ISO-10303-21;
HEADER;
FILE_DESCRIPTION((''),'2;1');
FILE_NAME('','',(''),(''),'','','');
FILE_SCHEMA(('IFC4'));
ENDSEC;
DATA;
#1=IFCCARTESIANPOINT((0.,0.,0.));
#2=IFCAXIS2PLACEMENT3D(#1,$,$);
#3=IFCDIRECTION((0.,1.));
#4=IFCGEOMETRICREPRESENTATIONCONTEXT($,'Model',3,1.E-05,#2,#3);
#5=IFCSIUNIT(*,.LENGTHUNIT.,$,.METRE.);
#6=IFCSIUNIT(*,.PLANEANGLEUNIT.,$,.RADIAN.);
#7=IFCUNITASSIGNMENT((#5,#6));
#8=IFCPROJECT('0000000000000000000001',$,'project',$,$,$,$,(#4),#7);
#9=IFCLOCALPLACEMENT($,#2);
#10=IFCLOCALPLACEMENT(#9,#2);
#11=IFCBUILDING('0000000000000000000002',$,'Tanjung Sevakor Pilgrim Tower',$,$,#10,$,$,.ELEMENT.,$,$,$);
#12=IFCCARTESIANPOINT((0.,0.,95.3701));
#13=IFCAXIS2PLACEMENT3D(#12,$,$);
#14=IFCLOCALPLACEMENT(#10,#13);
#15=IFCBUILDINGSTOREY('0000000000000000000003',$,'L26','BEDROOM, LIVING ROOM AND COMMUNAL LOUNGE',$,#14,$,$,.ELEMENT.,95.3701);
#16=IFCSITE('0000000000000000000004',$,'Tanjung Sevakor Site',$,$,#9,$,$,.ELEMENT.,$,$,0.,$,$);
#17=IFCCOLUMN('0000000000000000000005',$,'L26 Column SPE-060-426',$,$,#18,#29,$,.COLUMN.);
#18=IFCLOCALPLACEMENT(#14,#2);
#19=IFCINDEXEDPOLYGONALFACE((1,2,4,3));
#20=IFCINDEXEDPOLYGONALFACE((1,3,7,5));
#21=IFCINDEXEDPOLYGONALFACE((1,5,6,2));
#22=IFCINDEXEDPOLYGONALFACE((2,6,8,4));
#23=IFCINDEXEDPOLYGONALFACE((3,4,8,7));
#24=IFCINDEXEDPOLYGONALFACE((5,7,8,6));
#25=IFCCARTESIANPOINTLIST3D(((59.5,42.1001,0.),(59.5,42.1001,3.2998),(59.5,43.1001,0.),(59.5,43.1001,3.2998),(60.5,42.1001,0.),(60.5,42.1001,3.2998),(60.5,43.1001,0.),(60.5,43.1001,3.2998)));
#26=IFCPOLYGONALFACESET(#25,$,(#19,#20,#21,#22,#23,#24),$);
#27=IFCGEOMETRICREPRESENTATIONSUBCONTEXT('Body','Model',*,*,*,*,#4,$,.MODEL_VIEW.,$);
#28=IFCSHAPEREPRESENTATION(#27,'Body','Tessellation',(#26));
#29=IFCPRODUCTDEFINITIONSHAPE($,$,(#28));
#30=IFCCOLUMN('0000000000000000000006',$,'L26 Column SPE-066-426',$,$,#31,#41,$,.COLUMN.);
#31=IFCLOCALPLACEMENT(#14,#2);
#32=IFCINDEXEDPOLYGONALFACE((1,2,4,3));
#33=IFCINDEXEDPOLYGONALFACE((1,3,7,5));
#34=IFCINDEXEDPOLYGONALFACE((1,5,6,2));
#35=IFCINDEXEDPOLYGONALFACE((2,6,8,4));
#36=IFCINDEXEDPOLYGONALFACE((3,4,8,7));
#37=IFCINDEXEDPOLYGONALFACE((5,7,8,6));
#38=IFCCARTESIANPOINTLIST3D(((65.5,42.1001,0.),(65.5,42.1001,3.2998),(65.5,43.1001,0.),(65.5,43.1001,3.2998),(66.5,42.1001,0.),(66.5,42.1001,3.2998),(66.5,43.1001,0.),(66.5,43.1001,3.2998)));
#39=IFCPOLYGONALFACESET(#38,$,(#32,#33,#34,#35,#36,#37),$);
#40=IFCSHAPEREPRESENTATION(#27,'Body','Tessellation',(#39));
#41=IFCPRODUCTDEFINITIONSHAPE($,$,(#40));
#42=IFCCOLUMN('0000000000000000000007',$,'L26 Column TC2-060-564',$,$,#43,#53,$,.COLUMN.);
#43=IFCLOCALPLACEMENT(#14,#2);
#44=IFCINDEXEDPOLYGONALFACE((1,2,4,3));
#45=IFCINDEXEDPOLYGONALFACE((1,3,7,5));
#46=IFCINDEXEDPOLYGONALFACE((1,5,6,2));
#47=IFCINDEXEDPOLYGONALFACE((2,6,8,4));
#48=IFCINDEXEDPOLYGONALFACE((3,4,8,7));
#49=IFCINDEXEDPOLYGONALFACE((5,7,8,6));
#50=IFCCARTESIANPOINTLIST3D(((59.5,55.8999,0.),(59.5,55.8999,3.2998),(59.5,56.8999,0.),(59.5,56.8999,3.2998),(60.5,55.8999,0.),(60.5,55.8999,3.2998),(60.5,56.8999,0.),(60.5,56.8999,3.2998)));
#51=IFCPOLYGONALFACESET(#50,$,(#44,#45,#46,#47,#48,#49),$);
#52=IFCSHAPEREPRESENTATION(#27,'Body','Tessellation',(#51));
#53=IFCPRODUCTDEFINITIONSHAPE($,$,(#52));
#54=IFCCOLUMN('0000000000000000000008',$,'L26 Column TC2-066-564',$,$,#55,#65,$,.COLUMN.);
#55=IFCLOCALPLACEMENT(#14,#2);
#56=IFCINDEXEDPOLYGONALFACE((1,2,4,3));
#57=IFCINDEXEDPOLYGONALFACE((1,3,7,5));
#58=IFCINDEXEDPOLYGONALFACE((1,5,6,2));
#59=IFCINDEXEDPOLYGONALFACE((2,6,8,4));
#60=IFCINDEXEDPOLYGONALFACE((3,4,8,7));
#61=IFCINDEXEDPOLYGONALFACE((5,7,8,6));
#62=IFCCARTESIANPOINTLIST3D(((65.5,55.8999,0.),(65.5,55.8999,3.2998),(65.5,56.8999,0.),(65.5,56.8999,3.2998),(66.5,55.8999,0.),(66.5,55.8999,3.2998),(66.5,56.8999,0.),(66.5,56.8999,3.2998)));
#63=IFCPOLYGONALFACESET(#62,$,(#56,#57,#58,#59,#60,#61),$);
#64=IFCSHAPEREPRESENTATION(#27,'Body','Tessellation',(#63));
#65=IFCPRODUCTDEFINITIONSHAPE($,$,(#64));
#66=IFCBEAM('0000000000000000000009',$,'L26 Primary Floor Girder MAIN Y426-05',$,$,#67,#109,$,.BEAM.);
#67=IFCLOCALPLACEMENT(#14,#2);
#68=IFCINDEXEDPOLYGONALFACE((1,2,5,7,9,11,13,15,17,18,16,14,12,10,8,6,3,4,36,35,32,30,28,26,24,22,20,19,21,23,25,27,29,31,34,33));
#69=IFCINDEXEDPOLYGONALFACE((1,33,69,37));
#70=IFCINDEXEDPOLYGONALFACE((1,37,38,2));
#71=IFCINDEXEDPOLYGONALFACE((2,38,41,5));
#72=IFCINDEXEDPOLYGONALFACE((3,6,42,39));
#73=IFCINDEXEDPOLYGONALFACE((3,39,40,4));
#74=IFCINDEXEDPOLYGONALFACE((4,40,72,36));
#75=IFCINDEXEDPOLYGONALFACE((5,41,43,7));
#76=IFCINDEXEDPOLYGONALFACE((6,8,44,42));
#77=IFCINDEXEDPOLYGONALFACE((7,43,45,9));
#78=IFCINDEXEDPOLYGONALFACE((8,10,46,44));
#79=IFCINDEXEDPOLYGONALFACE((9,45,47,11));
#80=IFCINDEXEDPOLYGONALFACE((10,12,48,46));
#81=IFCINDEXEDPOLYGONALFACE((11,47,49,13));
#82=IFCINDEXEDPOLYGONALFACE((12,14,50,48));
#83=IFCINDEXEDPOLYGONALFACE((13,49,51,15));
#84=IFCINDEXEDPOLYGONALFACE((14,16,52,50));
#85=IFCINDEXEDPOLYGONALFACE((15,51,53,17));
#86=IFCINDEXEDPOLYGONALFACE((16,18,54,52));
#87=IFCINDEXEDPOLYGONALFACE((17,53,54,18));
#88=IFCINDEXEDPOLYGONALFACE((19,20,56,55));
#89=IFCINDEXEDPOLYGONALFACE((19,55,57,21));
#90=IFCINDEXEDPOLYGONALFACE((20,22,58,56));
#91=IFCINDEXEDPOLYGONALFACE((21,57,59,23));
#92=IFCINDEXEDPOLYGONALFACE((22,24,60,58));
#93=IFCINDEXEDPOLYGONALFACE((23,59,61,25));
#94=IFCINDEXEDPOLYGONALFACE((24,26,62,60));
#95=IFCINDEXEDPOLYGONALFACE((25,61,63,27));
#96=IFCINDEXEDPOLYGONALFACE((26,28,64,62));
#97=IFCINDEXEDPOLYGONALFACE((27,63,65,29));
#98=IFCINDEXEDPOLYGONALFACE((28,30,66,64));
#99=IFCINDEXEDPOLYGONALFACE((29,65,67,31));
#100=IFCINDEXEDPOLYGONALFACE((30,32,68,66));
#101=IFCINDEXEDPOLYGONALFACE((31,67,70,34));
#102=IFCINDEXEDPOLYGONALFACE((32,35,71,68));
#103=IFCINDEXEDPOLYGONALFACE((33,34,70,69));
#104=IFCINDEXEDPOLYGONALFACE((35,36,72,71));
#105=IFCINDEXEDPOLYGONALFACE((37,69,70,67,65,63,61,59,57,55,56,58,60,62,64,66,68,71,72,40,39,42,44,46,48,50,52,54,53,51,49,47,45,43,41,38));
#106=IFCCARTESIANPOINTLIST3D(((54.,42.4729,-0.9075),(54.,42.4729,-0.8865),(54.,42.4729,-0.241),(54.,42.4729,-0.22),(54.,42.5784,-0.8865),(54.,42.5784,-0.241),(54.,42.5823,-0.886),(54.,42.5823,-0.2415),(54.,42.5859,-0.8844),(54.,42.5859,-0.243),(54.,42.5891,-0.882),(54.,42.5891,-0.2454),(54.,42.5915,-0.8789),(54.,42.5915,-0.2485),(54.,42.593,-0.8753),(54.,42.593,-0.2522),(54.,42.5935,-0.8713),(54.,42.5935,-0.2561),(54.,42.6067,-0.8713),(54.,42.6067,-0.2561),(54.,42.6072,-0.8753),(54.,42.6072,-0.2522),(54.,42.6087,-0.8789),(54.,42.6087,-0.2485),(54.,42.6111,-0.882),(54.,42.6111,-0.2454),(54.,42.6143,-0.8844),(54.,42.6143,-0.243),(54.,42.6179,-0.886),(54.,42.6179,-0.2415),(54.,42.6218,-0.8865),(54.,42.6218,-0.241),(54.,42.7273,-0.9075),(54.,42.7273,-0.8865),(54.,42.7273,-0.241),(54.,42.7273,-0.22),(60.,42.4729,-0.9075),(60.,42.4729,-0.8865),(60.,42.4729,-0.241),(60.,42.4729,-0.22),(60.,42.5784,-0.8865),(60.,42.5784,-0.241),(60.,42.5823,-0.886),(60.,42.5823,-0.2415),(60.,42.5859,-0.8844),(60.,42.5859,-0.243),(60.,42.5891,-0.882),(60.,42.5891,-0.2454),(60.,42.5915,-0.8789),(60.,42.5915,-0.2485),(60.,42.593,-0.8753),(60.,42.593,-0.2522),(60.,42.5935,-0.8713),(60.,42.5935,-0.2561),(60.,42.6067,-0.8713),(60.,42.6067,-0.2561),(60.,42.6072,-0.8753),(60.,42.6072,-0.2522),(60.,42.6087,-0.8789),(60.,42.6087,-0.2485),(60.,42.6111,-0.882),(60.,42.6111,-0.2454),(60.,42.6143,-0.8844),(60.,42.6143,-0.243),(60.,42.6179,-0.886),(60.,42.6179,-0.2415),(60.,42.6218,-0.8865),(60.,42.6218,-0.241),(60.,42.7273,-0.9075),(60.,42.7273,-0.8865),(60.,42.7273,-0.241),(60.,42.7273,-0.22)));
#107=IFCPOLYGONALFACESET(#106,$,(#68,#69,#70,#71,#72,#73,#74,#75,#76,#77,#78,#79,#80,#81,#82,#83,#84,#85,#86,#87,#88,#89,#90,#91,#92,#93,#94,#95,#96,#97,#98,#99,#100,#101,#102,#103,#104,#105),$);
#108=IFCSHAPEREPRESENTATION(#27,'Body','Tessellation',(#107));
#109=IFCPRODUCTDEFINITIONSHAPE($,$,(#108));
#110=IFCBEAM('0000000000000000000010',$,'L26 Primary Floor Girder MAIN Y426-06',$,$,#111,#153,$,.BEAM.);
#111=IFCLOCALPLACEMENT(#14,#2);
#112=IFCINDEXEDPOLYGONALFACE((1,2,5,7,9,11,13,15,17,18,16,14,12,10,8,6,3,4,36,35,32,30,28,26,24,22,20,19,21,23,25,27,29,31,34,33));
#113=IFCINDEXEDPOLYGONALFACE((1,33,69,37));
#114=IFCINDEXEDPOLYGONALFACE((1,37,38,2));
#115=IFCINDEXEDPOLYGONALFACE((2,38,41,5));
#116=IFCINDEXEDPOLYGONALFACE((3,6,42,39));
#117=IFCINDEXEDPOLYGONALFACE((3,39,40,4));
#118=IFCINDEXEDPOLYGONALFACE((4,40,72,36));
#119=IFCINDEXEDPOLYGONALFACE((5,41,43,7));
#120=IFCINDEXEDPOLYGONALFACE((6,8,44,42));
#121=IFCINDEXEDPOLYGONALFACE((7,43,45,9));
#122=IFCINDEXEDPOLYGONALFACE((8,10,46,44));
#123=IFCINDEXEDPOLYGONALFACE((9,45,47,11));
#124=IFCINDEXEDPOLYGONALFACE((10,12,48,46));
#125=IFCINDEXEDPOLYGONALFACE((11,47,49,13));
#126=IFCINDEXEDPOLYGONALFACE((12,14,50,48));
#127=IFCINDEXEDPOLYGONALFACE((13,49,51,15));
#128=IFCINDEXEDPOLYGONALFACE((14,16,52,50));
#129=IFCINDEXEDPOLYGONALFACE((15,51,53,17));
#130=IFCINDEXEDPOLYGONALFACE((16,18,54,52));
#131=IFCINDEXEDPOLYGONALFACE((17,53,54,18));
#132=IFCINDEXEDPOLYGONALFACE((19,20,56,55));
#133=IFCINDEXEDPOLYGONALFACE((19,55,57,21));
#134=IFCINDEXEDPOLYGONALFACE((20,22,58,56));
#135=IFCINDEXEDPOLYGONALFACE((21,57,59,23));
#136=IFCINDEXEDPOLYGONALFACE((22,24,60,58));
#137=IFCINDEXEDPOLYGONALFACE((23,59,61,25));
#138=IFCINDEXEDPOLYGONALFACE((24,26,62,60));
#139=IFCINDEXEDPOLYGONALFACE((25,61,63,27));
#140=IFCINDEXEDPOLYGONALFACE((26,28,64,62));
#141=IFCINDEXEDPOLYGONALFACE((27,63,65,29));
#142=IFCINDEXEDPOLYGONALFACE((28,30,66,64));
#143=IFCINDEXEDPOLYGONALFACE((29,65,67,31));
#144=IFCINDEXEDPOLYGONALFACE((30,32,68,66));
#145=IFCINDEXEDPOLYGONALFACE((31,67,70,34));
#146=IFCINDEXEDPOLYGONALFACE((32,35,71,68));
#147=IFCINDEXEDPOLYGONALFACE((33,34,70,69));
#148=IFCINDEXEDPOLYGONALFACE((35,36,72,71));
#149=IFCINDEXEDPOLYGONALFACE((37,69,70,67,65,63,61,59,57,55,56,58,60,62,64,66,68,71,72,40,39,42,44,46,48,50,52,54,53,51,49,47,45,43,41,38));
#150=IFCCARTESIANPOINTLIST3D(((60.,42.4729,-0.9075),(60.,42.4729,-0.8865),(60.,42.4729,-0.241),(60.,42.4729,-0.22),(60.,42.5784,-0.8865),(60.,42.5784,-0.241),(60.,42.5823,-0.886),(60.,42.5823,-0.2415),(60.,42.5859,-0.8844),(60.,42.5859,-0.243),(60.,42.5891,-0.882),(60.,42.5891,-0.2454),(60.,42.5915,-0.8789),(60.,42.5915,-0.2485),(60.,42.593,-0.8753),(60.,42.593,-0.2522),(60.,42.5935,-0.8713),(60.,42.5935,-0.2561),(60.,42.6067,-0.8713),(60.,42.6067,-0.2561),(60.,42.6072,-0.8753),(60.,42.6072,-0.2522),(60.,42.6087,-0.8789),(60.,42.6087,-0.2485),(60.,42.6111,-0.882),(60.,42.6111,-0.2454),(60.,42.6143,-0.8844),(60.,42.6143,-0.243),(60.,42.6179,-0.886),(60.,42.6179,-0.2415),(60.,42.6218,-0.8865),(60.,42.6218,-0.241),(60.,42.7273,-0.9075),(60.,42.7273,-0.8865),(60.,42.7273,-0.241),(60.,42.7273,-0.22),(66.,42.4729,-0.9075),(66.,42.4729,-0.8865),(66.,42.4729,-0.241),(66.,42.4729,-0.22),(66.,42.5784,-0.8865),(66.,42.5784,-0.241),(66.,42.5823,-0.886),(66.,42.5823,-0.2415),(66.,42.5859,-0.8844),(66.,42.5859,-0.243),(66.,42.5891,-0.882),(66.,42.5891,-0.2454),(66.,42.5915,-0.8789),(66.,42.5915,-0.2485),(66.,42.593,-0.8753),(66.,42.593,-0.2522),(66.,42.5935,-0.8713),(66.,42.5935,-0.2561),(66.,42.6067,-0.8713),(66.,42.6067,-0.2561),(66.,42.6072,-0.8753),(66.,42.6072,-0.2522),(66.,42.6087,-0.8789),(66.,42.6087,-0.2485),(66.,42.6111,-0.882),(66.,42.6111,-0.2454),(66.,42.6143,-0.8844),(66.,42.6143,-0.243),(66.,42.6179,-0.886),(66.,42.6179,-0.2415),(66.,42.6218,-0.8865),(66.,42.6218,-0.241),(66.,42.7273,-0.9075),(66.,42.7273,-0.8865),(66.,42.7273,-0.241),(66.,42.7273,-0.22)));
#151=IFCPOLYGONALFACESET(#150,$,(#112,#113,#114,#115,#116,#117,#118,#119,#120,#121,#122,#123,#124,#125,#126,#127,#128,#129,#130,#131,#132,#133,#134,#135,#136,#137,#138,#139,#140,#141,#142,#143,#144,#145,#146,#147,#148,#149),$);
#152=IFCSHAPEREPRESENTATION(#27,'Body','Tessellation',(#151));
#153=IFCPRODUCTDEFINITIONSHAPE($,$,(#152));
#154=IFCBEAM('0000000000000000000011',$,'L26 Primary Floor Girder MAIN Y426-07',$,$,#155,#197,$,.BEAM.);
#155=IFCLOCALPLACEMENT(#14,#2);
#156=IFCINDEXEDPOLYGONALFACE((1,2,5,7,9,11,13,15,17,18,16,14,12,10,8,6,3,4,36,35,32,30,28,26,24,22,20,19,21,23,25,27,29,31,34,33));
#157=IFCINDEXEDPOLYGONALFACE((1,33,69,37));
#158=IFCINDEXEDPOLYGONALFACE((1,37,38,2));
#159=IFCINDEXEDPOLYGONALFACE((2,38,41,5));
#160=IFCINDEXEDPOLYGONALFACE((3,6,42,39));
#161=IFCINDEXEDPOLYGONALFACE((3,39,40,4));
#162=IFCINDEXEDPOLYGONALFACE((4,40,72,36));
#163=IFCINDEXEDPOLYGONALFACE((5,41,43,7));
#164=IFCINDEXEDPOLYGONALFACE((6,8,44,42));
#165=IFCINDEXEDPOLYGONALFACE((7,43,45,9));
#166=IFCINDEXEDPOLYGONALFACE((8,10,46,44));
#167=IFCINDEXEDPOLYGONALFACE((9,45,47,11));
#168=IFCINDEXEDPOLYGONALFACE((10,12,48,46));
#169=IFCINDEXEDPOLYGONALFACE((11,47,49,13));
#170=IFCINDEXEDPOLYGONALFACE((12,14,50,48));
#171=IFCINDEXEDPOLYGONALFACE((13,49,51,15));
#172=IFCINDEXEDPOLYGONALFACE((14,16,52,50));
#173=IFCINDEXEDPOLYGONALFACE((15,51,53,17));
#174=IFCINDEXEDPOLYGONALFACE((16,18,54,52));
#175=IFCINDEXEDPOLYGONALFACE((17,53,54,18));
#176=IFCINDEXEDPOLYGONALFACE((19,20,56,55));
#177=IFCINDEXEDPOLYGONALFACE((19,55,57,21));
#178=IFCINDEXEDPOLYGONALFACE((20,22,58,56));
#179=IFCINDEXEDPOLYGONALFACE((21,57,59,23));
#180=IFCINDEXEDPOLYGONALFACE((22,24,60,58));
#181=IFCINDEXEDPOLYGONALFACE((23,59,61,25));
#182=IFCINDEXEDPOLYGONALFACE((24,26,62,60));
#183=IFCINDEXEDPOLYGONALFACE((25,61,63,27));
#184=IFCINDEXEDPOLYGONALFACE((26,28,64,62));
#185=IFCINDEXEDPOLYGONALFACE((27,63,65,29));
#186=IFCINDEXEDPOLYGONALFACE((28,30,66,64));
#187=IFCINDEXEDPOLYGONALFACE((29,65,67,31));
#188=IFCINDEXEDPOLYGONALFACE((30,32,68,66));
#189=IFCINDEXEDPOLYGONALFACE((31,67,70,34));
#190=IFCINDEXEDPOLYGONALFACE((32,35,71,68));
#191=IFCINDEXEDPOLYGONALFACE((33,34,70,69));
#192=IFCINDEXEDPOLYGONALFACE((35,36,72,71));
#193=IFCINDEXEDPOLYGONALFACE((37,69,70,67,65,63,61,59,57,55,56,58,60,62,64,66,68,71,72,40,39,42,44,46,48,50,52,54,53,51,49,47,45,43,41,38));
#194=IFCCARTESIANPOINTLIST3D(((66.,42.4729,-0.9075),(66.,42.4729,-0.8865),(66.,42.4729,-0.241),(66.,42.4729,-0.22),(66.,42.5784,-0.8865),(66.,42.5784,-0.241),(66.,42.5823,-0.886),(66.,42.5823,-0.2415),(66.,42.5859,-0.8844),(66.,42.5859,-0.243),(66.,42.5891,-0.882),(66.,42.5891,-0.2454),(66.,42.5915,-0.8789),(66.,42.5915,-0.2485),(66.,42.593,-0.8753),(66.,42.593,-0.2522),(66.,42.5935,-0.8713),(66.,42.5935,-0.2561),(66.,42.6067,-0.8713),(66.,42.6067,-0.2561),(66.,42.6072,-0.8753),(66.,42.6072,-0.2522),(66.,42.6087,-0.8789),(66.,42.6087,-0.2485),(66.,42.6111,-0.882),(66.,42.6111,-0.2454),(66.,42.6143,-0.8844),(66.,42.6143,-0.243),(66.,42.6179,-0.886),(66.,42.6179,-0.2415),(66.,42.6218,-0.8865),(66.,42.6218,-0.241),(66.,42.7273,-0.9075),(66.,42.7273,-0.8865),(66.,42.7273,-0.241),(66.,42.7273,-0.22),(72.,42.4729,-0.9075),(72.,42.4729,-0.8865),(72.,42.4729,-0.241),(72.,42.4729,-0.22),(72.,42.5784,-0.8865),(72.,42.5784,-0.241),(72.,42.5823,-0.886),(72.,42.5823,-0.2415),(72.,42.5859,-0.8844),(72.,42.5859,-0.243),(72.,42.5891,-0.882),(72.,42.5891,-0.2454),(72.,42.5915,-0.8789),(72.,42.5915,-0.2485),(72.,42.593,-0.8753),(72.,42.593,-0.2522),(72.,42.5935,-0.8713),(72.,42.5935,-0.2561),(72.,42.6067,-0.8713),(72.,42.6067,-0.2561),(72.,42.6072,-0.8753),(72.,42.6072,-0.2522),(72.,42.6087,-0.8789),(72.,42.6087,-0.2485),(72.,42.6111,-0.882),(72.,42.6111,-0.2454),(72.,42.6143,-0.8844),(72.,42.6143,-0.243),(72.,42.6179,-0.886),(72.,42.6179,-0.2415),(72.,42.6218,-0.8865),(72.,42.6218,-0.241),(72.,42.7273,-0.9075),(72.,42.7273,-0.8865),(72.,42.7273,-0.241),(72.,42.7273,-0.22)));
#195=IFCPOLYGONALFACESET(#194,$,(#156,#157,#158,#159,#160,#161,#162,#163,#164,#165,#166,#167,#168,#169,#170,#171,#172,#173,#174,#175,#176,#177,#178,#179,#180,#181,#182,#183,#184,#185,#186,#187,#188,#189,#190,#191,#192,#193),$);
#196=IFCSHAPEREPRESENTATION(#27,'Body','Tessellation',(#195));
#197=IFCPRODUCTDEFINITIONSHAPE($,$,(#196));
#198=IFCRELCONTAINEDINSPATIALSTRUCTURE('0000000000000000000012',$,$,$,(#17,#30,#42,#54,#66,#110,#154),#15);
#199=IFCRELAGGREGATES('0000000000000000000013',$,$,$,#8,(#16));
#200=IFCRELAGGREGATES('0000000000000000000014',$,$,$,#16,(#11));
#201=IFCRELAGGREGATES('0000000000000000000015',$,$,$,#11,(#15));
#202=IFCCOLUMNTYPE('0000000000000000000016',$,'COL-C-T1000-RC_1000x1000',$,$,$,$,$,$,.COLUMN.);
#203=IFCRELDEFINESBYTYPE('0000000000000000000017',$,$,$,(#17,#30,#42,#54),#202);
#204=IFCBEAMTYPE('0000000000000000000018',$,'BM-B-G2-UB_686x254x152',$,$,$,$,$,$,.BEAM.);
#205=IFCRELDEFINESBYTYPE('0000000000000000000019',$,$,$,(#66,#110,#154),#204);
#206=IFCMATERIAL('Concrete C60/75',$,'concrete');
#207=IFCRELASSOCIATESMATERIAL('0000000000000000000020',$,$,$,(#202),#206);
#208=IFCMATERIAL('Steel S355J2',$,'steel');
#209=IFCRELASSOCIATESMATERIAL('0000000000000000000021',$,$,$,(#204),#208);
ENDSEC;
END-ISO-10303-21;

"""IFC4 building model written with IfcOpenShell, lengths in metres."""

from ifc_helpers import new_model, si_unit, direction, frame, origin, origin_2d, place, context, subcontext, project, spatial, rectangle, i_section, extrude, material, material_profile, profile_set, type_object, element, save


model = new_model("IFC4")

# Units and contexts
model_context = context("Model", 3, precision=1e-05, world=origin(), true_north=direction((0.0, 1.0)))
body_context = subcontext(model_context, "Body", "Model", "MODEL_VIEW")
ifc_project = project(units=[si_unit("LENGTHUNIT", "METRE"), si_unit("PLANEANGLEUNIT", "RADIAN")], contexts=[model_context])

# Site, building, storey
site_placement = place(None, origin())
site = spatial("IfcSite", under=ifc_project, at=site_placement, Name="Tanjung Sevakor Site", CompositionType="ELEMENT", RefElevation=0.0)
building_placement = place(site_placement, origin())
building = spatial("IfcBuilding", under=site, at=building_placement, Name="Tanjung Sevakor Pilgrim Tower", CompositionType="ELEMENT")
storey_placement = place(building_placement, frame((0.0, 0.0, 95.3701)))
storey = spatial("IfcBuildingStorey", under=building, at=storey_placement, Name="L26", Description="BEDROOM, LIVING ROOM AND COMMUNAL LOUNGE", CompositionType="ELEMENT", Elevation=95.3701)

# Columns
ifc_material_1 = material(Name="Concrete C60/75", Category="concrete")
ifc_material_profile_1 = material_profile(ifc_material_1, rectangle(XDim=1.0, YDim=1.0, at=origin_2d()))
ifc_profile_set_1 = profile_set([ifc_material_profile_1], Name="Concrete C60/75")
column_type = type_object("IfcColumnType", Name="COL-C-T1000-RC_1000x1000", PredefinedType="COLUMN", material=ifc_profile_set_1)
for number, where, z_axis, x_axis, name in (
    (1, (60.0, 42.6001, 0.0), (0.0, 0.0, 1.0), (1.0, 0.0, 0.0), "L26 Column SPE-060-426"),
    (2, (66.0, 42.6001, 0.0), (0.0, 0.0, 1.0), (1.0, 0.0, 0.0), "L26 Column SPE-066-426"),
    (3, (60.0, 56.3999, 0.0), (0.0, 0.0, 1.0), (1.0, 0.0, 0.0), "L26 Column TC2-060-564"),
    (4, (66.0, 56.3999, 0.0), (0.0, 0.0, 1.0), (1.0, 0.0, 0.0), "L26 Column TC2-066-564"),
):
    element("IfcColumn", number, at=place(storey_placement, frame(where, z_axis=z_axis, x_axis=x_axis)), inside=storey, type_object=column_type, Name=name, PredefinedType="COLUMN", context=body_context, shape_type="SweptSolid", body=[
        extrude(rectangle(XDim=1.0, YDim=1.0, at=origin_2d()), origin(), (0.0, 0.0, 1.0), 3.2998),
    ])

# Beams
ifc_material_2 = material(Name="Steel S355J2", Category="steel")
ifc_material_profile_2 = material_profile(ifc_material_2, i_section(OverallWidth=0.2544, OverallDepth=0.6875, WebThickness=0.0132, FlangeThickness=0.021, FilletRadius=0.0151, at=origin_2d()))
ifc_profile_set_2 = profile_set([ifc_material_profile_2], Name="Steel S355J2")
beam_type_1 = type_object("IfcBeamType", Name="BM-B-G2-UB_686x254x152", PredefinedType="BEAM", material=ifc_profile_set_2)
for number, where, z_axis, x_axis, name in (
    (5, (54.0, 42.6001, -0.5637), (1.0, 0.0, 0.0), (0.0, 1.0, 0.0), "L26 Primary Floor Girder MAIN Y426-05"),
    (6, (60.0, 42.6001, -0.5637), (1.0, 0.0, 0.0), (0.0, 1.0, 0.0), "L26 Primary Floor Girder MAIN Y426-06"),
    (7, (66.0, 42.6001, -0.5637), (1.0, 0.0, 0.0), (0.0, 1.0, 0.0), "L26 Primary Floor Girder MAIN Y426-07"),
):
    element("IfcBeam", number, at=place(storey_placement, frame(where, z_axis=z_axis, x_axis=x_axis)), inside=storey, type_object=beam_type_1, Name=name, PredefinedType="BEAM", context=body_context, shape_type="SweptSolid", body=[
        extrude(i_section(OverallWidth=0.2544, OverallDepth=0.6875, WebThickness=0.0132, FlangeThickness=0.021, FilletRadius=0.0151, at=origin_2d()), origin(), (0.0, 0.0, 1.0), 6.0),
    ])

save(model, "model.ifc")
